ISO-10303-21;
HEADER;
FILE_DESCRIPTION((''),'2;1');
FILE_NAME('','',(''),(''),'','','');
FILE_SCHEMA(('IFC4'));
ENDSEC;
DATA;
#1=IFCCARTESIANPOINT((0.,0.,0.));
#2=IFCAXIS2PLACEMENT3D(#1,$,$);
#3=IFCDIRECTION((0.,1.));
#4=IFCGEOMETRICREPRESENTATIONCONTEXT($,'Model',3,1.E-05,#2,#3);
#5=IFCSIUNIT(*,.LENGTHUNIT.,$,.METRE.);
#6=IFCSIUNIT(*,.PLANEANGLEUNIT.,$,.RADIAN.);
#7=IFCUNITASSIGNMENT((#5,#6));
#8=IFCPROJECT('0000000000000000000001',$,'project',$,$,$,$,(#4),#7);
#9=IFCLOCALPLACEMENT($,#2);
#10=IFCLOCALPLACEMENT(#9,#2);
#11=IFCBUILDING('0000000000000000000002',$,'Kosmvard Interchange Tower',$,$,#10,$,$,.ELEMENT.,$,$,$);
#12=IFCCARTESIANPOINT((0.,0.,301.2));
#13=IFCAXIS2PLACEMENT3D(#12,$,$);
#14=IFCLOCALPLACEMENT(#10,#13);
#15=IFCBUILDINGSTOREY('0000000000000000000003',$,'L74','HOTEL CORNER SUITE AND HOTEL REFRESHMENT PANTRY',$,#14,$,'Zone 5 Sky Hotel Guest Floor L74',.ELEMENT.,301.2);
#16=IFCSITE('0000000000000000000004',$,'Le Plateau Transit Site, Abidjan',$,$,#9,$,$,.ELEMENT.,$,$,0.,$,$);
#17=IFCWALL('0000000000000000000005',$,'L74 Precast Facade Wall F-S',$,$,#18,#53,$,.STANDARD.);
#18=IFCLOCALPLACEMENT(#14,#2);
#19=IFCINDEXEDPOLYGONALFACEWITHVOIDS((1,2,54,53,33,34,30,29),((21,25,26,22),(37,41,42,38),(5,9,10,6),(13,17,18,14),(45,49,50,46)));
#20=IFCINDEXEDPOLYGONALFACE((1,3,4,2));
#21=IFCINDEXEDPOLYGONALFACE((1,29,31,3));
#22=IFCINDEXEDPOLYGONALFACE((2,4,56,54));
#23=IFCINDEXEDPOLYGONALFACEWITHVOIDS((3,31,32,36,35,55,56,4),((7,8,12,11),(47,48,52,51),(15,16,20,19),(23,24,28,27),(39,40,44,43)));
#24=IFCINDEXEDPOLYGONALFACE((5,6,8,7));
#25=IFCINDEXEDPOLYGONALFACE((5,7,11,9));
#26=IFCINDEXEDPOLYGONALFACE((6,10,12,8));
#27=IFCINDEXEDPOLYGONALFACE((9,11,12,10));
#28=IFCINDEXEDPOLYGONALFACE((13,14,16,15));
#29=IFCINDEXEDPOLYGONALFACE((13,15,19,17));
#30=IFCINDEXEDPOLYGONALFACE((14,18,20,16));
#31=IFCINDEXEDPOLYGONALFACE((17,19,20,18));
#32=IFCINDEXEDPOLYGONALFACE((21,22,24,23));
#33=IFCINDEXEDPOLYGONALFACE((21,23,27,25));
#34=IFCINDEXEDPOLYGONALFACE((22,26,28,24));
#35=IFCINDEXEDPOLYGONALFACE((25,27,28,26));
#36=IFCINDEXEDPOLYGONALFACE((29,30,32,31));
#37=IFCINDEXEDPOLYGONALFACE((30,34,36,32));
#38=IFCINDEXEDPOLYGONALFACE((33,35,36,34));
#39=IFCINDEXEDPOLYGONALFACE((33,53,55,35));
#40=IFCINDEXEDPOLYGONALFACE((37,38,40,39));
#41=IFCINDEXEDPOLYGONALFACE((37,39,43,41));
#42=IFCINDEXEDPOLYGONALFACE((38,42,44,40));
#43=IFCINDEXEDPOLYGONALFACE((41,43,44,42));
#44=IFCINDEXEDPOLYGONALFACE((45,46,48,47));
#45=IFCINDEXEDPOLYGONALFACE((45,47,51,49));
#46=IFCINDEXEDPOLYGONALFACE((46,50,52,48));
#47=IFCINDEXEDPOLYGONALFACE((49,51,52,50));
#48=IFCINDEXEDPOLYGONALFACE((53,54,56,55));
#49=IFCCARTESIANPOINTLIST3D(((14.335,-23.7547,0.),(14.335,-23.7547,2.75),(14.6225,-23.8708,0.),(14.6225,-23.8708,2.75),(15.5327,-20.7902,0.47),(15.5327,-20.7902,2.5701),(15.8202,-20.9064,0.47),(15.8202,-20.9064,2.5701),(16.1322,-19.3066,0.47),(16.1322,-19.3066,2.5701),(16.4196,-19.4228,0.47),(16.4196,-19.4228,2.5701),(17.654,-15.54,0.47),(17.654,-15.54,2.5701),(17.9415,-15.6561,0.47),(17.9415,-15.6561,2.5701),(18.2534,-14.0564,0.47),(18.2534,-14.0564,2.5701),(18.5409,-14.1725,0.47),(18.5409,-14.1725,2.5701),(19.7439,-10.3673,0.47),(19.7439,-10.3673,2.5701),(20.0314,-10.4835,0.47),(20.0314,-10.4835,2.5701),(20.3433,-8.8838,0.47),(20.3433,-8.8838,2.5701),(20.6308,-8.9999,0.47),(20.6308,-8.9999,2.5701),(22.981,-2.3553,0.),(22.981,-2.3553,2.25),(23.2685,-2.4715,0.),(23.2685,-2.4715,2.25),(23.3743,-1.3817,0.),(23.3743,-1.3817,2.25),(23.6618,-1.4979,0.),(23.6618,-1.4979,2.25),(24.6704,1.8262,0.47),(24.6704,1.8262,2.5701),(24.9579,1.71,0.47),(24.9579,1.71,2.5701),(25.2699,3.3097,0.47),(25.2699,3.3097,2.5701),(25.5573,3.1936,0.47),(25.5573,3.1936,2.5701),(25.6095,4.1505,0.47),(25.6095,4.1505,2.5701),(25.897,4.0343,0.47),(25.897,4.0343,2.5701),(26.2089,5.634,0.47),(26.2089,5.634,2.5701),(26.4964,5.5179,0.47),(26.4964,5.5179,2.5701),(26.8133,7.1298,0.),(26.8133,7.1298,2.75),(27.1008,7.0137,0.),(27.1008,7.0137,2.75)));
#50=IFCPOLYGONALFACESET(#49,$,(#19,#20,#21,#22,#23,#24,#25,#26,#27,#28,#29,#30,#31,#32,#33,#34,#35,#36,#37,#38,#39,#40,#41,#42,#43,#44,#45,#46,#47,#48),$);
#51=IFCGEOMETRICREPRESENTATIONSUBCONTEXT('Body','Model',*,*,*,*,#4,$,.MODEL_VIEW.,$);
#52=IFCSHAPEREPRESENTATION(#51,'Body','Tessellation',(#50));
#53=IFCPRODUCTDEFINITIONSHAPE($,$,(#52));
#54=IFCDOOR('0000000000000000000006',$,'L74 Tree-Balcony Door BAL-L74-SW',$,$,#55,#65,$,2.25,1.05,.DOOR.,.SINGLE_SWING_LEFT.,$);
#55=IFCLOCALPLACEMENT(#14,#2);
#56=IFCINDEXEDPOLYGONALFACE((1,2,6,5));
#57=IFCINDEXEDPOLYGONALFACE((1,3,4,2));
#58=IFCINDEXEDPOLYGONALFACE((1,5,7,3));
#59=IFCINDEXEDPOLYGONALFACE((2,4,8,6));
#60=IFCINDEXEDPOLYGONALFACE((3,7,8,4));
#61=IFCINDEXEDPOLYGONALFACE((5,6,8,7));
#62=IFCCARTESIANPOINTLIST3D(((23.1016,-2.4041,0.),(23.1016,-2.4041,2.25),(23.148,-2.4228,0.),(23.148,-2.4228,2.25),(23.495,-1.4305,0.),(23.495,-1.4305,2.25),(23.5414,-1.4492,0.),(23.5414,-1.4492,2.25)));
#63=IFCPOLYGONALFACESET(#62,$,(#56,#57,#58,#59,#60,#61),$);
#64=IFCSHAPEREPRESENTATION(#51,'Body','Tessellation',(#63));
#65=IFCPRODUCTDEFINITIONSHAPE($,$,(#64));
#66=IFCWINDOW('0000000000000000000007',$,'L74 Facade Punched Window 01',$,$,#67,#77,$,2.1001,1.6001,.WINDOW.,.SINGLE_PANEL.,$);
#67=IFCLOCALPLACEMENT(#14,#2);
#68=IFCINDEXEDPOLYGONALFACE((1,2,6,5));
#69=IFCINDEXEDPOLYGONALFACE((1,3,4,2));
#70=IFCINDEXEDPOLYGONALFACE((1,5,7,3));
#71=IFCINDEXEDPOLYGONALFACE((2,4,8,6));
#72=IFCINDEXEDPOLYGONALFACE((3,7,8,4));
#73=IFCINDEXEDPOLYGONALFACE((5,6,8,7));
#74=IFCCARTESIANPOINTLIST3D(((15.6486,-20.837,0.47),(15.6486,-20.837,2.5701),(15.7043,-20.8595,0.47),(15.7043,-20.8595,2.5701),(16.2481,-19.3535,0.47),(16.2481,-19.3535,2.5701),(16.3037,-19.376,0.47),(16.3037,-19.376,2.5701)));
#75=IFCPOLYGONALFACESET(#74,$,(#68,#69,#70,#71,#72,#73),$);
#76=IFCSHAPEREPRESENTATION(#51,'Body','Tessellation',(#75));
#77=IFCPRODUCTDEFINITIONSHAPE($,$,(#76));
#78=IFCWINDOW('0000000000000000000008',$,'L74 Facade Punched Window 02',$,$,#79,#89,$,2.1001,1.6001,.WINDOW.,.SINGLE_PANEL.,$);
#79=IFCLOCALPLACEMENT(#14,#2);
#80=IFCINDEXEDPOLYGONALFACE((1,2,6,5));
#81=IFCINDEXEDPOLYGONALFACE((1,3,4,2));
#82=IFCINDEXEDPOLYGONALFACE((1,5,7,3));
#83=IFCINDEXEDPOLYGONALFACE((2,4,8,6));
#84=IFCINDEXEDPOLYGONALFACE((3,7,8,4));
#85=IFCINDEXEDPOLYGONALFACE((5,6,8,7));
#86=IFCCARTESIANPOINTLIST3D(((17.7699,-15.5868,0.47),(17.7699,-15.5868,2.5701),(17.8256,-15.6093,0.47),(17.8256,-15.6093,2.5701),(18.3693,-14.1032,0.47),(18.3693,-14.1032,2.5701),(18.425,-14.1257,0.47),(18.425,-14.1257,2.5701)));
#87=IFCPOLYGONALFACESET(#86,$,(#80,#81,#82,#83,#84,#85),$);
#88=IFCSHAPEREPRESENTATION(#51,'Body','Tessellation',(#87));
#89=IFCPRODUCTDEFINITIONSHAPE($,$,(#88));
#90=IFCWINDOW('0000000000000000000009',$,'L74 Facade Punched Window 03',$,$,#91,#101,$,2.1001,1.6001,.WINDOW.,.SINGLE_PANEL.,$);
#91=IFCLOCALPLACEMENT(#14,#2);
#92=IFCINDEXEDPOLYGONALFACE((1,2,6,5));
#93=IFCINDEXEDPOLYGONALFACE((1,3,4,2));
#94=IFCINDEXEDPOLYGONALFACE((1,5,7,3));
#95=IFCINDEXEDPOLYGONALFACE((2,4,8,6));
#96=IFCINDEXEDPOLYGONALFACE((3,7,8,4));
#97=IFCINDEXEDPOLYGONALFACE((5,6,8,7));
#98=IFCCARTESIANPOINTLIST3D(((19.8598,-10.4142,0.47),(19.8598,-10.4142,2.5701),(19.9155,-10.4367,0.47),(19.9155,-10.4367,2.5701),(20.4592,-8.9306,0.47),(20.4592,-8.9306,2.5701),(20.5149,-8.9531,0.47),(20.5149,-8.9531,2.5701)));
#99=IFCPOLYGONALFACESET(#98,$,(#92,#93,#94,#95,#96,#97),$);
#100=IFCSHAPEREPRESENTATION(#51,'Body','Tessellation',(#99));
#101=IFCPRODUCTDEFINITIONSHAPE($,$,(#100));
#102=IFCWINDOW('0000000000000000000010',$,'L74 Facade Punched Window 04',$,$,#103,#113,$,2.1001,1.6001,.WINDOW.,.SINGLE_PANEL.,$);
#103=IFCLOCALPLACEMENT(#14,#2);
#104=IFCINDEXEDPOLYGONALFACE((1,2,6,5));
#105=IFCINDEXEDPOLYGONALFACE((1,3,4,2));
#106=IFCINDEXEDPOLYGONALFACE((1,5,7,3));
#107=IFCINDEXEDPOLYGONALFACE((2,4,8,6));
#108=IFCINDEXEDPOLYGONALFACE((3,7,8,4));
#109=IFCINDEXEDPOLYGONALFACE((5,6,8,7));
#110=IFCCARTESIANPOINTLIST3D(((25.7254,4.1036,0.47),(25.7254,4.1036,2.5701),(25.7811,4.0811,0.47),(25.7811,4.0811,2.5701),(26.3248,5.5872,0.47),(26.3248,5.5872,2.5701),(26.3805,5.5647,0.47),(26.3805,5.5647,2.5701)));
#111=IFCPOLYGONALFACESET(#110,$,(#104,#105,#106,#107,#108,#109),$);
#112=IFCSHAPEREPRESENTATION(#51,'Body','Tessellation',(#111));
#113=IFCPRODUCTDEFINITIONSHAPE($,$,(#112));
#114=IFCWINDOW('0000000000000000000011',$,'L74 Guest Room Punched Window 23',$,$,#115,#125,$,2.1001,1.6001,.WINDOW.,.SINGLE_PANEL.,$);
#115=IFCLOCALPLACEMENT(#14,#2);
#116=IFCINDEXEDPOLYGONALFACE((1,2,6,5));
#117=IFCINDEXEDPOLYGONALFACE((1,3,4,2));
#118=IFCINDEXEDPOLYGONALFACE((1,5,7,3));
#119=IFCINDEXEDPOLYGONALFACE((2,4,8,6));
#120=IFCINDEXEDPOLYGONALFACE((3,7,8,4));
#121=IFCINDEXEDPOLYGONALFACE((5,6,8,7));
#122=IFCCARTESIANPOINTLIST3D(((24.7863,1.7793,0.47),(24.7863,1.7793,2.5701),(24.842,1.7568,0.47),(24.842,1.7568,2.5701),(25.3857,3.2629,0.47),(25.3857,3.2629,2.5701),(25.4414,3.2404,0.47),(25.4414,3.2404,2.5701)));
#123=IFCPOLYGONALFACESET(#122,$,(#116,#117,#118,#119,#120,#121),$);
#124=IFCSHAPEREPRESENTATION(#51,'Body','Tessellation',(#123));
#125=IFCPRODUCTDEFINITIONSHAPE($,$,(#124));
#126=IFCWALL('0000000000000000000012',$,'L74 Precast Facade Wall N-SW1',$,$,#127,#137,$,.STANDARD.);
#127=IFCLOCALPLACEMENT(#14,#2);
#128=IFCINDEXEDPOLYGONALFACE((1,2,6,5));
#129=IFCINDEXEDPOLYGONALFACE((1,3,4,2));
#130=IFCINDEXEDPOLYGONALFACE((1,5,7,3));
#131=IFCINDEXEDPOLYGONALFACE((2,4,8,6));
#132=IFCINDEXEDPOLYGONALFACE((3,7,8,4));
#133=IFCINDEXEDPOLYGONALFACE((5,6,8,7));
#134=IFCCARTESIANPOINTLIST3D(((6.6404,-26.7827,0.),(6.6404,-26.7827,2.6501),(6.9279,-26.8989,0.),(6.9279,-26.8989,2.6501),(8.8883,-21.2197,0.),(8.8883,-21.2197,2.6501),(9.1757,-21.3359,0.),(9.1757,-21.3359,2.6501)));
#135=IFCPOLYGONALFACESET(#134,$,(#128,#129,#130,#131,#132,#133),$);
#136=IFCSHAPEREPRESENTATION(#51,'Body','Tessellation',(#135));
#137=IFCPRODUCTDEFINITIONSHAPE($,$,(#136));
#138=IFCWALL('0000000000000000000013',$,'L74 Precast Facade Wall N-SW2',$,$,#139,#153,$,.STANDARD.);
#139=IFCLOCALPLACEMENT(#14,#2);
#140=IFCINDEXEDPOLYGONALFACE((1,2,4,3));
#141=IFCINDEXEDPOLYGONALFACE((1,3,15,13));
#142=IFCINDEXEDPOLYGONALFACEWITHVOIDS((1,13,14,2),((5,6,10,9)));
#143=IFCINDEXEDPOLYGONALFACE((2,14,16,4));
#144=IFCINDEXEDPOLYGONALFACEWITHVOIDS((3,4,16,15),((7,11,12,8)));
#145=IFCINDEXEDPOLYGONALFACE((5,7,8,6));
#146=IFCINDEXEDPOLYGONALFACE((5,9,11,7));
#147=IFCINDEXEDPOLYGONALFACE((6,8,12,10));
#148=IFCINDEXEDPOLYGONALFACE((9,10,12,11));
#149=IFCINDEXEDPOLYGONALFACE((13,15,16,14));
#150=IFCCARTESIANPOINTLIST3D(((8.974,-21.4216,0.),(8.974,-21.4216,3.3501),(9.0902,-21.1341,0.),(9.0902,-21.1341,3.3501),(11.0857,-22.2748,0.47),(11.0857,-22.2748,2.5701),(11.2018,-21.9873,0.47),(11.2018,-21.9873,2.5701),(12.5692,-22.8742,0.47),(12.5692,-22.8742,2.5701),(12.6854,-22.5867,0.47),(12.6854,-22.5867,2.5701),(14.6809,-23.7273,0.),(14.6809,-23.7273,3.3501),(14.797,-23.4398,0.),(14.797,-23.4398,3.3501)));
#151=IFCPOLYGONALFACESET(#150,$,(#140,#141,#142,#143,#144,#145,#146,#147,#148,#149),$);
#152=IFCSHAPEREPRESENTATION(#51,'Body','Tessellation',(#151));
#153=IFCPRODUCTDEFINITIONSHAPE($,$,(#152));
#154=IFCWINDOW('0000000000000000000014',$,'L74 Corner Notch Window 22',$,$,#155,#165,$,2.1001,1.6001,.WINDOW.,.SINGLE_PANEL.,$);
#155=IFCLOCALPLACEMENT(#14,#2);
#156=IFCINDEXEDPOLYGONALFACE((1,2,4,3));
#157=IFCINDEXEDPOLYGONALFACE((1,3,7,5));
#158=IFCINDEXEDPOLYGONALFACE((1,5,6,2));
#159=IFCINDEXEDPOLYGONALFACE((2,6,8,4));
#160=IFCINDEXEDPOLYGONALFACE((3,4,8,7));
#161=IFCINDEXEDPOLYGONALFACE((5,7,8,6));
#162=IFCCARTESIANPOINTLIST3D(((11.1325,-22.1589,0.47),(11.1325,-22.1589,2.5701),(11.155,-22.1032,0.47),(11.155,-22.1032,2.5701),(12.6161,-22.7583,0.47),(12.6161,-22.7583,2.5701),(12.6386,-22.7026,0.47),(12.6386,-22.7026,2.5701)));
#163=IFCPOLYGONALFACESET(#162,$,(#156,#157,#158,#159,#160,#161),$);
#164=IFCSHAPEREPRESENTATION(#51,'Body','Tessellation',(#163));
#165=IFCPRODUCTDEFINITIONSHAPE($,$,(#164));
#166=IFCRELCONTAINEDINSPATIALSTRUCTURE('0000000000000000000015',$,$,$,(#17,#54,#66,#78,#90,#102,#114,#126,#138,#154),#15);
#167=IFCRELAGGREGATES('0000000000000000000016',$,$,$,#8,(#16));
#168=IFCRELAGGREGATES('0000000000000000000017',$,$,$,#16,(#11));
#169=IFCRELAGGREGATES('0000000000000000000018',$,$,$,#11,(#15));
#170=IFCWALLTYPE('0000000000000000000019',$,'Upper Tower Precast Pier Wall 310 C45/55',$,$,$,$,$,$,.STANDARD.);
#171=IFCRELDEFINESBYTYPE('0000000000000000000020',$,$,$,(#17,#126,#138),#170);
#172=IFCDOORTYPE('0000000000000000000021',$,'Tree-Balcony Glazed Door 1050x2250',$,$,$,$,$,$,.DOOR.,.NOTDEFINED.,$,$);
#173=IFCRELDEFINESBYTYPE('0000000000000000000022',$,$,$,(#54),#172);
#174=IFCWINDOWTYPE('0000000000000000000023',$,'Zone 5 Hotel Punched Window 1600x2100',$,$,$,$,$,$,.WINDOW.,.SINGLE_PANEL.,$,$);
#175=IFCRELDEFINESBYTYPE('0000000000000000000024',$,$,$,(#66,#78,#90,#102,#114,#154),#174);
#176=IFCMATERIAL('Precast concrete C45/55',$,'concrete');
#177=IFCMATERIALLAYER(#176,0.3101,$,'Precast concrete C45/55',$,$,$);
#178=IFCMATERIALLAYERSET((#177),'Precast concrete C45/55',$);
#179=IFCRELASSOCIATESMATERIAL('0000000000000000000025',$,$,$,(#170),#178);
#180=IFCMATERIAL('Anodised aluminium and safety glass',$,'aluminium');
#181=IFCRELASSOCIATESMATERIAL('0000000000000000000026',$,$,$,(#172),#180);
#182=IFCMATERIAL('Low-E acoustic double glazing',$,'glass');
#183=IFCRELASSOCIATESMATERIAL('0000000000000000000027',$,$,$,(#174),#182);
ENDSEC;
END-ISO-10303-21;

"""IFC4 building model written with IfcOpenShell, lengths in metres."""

from ifc_helpers import new_model, si_unit, direction, frame, frame_2d, origin, place, context, subcontext, project, spatial, rectangle, extrude, source, transform, mapped, material, layer, layer_set, type_object, element, fill, save


model = new_model("IFC4")

# Units and contexts
model_context = context("Model", 3, precision=1e-05, world=origin(), true_north=direction((0.0, 1.0)))
body_context = subcontext(model_context, "Body", "Model", "MODEL_VIEW")
ifc_project = project(units=[si_unit("LENGTHUNIT", "METRE"), si_unit("PLANEANGLEUNIT", "RADIAN")], contexts=[model_context])

# Site, building, storey
site_placement = place(None, origin())
site = spatial("IfcSite", under=ifc_project, at=site_placement, Name="Le Plateau Transit Site, Abidjan", CompositionType="ELEMENT", RefElevation=0.0)
building_placement = place(site_placement, origin())
building = spatial("IfcBuilding", under=site, at=building_placement, Name="Kosmvard Interchange Tower", CompositionType="ELEMENT")
storey_placement = place(building_placement, frame((0.0, 0.0, 301.2)))
storey = spatial("IfcBuildingStorey", under=building, at=storey_placement, Name="L74", Description="HOTEL CORNER SUITE AND HOTEL REFRESHMENT PANTRY", LongName="Zone 5 Sky Hotel Guest Floor L74", CompositionType="ELEMENT", Elevation=301.2)

# Shared definitions
ifc_material_1 = material(Name="Precast concrete C45/55", Category="concrete")

# Wall, openings, door, windows
ifc_layer_1 = layer(ifc_material_1, 0.3101, Name="Precast concrete C45/55")
ifc_layer_set_1 = layer_set([ifc_layer_1], Name="Precast concrete C45/55")
wall_type = type_object("IfcWallType", Name="Upper Tower Precast Pier Wall 310 C45/55", PredefinedType="STANDARD", material=ifc_layer_set_1)
wall_1_placement = place(storey_placement, frame((14.4788, -23.8127, 0.0), z_axis=(0.0, 0.0, 1.0), x_axis=(0.37461, 0.927183, 0.0)))
wall_1 = element("IfcWall", 1, at=wall_1_placement, inside=storey, type_object=wall_type, Name="L74 Precast Facade Wall F-S", PredefinedType="STANDARD", context=body_context, shape_type="SweptSolid", body=[
    extrude(rectangle(XDim=33.3101, YDim=0.3101, at=frame_2d((16.655, 0.0))), origin(), (0.0, 0.0, 1.0), 2.75),
])
opening_1_placement = place(wall_1_placement, frame((23.0801, 0.0, 0.0)))
opening_1 = element("IfcOpeningElement", 2, at=opening_1_placement, cuts=wall_1, PredefinedType="OPENING", context=body_context, shape_type="SweptSolid", body=[
    extrude(rectangle(XDim=1.05, YDim=2.25, at=frame_2d((0.5249, 1.125))), frame((0.0, 0.165, 0.0), z_axis=(0.0, -1.0, 0.0), x_axis=(1.0, 0.0, 0.0)), (0.0, 0.0, 1.0), 0.3301),
])
opening_2_placement = place(wall_1_placement, frame((3.1973, 0.0, 0.47)))
opening_2 = element("IfcOpeningElement", 3, at=opening_2_placement, cuts=wall_1, PredefinedType="OPENING", context=body_context, shape_type="SweptSolid", body=[
    extrude(rectangle(XDim=1.6001, YDim=2.1001, at=frame_2d((0.8, 1.05))), frame((0.0, 0.165, 0.0), z_axis=(0.0, -1.0, 0.0), x_axis=(1.0, 0.0, 0.0)), (0.0, 0.0, 1.0), 0.3301),
])
opening_3_placement = place(wall_1_placement, frame((8.8599, 0.0, 0.47)))
opening_3 = element("IfcOpeningElement", 4, at=opening_3_placement, cuts=wall_1, PredefinedType="OPENING", context=body_context, shape_type="SweptSolid", body=[
    extrude(rectangle(XDim=1.6001, YDim=2.1001, at=frame_2d((0.8, 1.05))), frame((0.0, 0.165, 0.0), z_axis=(0.0, -1.0, 0.0), x_axis=(1.0, 0.0, 0.0)), (0.0, 0.0, 1.0), 0.3301),
])
opening_4_placement = place(wall_1_placement, frame((14.4387, 0.0, 0.47)))
opening_4 = element("IfcOpeningElement", 5, at=opening_4_placement, cuts=wall_1, PredefinedType="OPENING", context=body_context, shape_type="SweptSolid", body=[
    extrude(rectangle(XDim=1.6001, YDim=2.1001, at=frame_2d((0.8, 1.05))), frame((0.0, 0.165, 0.0), z_axis=(0.0, -1.0, 0.0), x_axis=(1.0, 0.0, 0.0)), (0.0, 0.0, 1.0), 0.3301),
])
opening_5_placement = place(wall_1_placement, frame((30.0967, 0.0, 0.47)))
opening_5 = element("IfcOpeningElement", 6, at=opening_5_placement, cuts=wall_1, PredefinedType="OPENING", context=body_context, shape_type="SweptSolid", body=[
    extrude(rectangle(XDim=1.6001, YDim=2.1001, at=frame_2d((0.8, 1.05))), frame((0.0, 0.165, 0.0), z_axis=(0.0, -1.0, 0.0), x_axis=(1.0, 0.0, 0.0)), (0.0, 0.0, 1.0), 0.3301),
])
opening_6_placement = place(wall_1_placement, frame((27.5898, 0.0, 0.47)))
opening_6 = element("IfcOpeningElement", 7, at=opening_6_placement, cuts=wall_1, PredefinedType="OPENING", context=body_context, shape_type="SweptSolid", body=[
    extrude(rectangle(XDim=1.6001, YDim=2.1001, at=frame_2d((0.8, 1.05))), frame((0.0, 0.165, 0.0), z_axis=(0.0, -1.0, 0.0), x_axis=(1.0, 0.0, 0.0)), (0.0, 0.0, 1.0), 0.3301),
])
ifc_material_2 = material(Name="Anodised aluminium and safety glass", Category="aluminium")
door_type = type_object("IfcDoorType", Name="Tree-Balcony Glazed Door 1050x2250", OperationType="NOTDEFINED", PredefinedType="DOOR", material=ifc_material_2)
shared_shape_1 = source(origin(), body_context, "Body", "SweptSolid", [
    extrude(rectangle(XDim=1.05, YDim=2.25, at=frame_2d((0.5249, 1.125))), frame((0.0, 0.0249, 0.0), z_axis=(0.0, -1.0, 0.0), x_axis=(1.0, 0.0, 0.0)), (0.0, 0.0, 1.0), 0.05),
])
door_placement = place(opening_1_placement, origin())
door = element("IfcDoor", 8, at=door_placement, inside=storey, type_object=door_type, Name="L74 Tree-Balcony Door BAL-L74-SW", OperationType="SINGLE_SWING_LEFT", OverallHeight=2.25, OverallWidth=1.05, PredefinedType="DOOR", context=body_context, shape_type="MappedRepresentation", body=[
    mapped(shared_shape_1, transform((0.0, 0.0, 0.0), scale=1.0)),
])
fill(opening_1, door)
ifc_material_3 = material(Name="Low-E acoustic double glazing", Category="glass")
window_type = type_object("IfcWindowType", Name="Zone 5 Hotel Punched Window 1600x2100", PartitioningType="SINGLE_PANEL", PredefinedType="WINDOW", material=ifc_material_3)
shared_shape_2 = source(origin(), body_context, "Body", "SweptSolid", [
    extrude(rectangle(XDim=1.6001, YDim=2.1001, at=frame_2d((0.8, 1.05))), frame((0.0, 0.03, 0.0), z_axis=(0.0, -1.0, 0.0), x_axis=(1.0, 0.0, 0.0)), (0.0, 0.0, 1.0), 0.0601),
])
window_1_placement = place(opening_2_placement, origin())
window_1 = element("IfcWindow", 9, at=window_1_placement, inside=storey, type_object=window_type, Name="L74 Facade Punched Window 01", OverallHeight=2.1001, OverallWidth=1.6001, PartitioningType="SINGLE_PANEL", PredefinedType="WINDOW", context=body_context, shape_type="MappedRepresentation", body=[
    mapped(shared_shape_2, transform((0.0, 0.0, 0.0), scale=1.0)),
])
fill(opening_2, window_1)
window_2_placement = place(opening_3_placement, origin())
window_2 = element("IfcWindow", 10, at=window_2_placement, inside=storey, type_object=window_type, Name="L74 Facade Punched Window 02", OverallHeight=2.1001, OverallWidth=1.6001, PartitioningType="SINGLE_PANEL", PredefinedType="WINDOW", context=body_context, shape_type="MappedRepresentation", body=[
    mapped(shared_shape_2, transform((0.0, 0.0, 0.0), scale=1.0)),
])
fill(opening_3, window_2)
window_3_placement = place(opening_4_placement, origin())
window_3 = element("IfcWindow", 11, at=window_3_placement, inside=storey, type_object=window_type, Name="L74 Facade Punched Window 03", OverallHeight=2.1001, OverallWidth=1.6001, PartitioningType="SINGLE_PANEL", PredefinedType="WINDOW", context=body_context, shape_type="MappedRepresentation", body=[
    mapped(shared_shape_2, transform((0.0, 0.0, 0.0), scale=1.0)),
])
fill(opening_4, window_3)
window_4_placement = place(opening_5_placement, origin())
window_4 = element("IfcWindow", 12, at=window_4_placement, inside=storey, type_object=window_type, Name="L74 Facade Punched Window 04", OverallHeight=2.1001, OverallWidth=1.6001, PartitioningType="SINGLE_PANEL", PredefinedType="WINDOW", context=body_context, shape_type="MappedRepresentation", body=[
    mapped(shared_shape_2, transform((0.0, 0.0, 0.0), scale=1.0)),
])
fill(opening_5, window_4)
window_5_placement = place(opening_6_placement, origin())
window_5 = element("IfcWindow", 13, at=window_5_placement, inside=storey, type_object=window_type, Name="L74 Guest Room Punched Window 23", OverallHeight=2.1001, OverallWidth=1.6001, PartitioningType="SINGLE_PANEL", PredefinedType="WINDOW", context=body_context, shape_type="MappedRepresentation", body=[
    mapped(shared_shape_2, transform((0.0, 0.0, 0.0), scale=1.0)),
])
fill(opening_6, window_5)

# Wall
wall_2_placement = place(storey_placement, frame((6.7842, -26.8408, 0.0), z_axis=(0.0, 0.0, 1.0), x_axis=(0.374637, 0.927172, 0.0)))
element("IfcWall", 14, at=wall_2_placement, inside=storey, type_object=wall_type, Name="L74 Precast Facade Wall N-SW1", PredefinedType="STANDARD", context=body_context, shape_type="SweptSolid", body=[
    extrude(rectangle(XDim=6.0, YDim=0.3101, at=frame_2d((3.0, 0.0))), origin(), (0.0, 0.0, 1.0), 2.6501),
])

# Wall, opening, window
wall_3_placement = place(storey_placement, frame((9.032, -21.2778, 0.0), z_axis=(0.0, 0.0, 1.0), x_axis=(0.927185, -0.374603, 0.0)))
wall_3 = element("IfcWall", 15, at=wall_3_placement, inside=storey, type_object=wall_type, Name="L74 Precast Facade Wall N-SW2", PredefinedType="STANDARD", context=body_context, shape_type="SweptSolid", body=[
    extrude(rectangle(XDim=6.155, YDim=0.3101, at=frame_2d((3.0776, 0.0))), origin(), (0.0, 0.0, 1.0), 3.3501),
])
opening_7_placement = place(wall_3_placement, frame((2.2776, 0.0, 0.47)))
opening_7 = element("IfcOpeningElement", 16, at=opening_7_placement, cuts=wall_3, PredefinedType="OPENING", context=body_context, shape_type="SweptSolid", body=[
    extrude(rectangle(XDim=1.6001, YDim=2.1001, at=frame_2d((0.8, 1.05))), frame((0.0, 0.165, 0.0), z_axis=(0.0, -1.0, 0.0), x_axis=(1.0, 0.0, 0.0)), (0.0, 0.0, 1.0), 0.3301),
])
window_6_placement = place(opening_7_placement, origin())
window_6 = element("IfcWindow", 17, at=window_6_placement, inside=storey, type_object=window_type, Name="L74 Corner Notch Window 22", OverallHeight=2.1001, OverallWidth=1.6001, PartitioningType="SINGLE_PANEL", PredefinedType="WINDOW", context=body_context, shape_type="MappedRepresentation", body=[
    mapped(shared_shape_2, transform((0.0, 0.0, 0.0), scale=1.0)),
])
fill(opening_7, window_6)

save(model, "model.ifc")
